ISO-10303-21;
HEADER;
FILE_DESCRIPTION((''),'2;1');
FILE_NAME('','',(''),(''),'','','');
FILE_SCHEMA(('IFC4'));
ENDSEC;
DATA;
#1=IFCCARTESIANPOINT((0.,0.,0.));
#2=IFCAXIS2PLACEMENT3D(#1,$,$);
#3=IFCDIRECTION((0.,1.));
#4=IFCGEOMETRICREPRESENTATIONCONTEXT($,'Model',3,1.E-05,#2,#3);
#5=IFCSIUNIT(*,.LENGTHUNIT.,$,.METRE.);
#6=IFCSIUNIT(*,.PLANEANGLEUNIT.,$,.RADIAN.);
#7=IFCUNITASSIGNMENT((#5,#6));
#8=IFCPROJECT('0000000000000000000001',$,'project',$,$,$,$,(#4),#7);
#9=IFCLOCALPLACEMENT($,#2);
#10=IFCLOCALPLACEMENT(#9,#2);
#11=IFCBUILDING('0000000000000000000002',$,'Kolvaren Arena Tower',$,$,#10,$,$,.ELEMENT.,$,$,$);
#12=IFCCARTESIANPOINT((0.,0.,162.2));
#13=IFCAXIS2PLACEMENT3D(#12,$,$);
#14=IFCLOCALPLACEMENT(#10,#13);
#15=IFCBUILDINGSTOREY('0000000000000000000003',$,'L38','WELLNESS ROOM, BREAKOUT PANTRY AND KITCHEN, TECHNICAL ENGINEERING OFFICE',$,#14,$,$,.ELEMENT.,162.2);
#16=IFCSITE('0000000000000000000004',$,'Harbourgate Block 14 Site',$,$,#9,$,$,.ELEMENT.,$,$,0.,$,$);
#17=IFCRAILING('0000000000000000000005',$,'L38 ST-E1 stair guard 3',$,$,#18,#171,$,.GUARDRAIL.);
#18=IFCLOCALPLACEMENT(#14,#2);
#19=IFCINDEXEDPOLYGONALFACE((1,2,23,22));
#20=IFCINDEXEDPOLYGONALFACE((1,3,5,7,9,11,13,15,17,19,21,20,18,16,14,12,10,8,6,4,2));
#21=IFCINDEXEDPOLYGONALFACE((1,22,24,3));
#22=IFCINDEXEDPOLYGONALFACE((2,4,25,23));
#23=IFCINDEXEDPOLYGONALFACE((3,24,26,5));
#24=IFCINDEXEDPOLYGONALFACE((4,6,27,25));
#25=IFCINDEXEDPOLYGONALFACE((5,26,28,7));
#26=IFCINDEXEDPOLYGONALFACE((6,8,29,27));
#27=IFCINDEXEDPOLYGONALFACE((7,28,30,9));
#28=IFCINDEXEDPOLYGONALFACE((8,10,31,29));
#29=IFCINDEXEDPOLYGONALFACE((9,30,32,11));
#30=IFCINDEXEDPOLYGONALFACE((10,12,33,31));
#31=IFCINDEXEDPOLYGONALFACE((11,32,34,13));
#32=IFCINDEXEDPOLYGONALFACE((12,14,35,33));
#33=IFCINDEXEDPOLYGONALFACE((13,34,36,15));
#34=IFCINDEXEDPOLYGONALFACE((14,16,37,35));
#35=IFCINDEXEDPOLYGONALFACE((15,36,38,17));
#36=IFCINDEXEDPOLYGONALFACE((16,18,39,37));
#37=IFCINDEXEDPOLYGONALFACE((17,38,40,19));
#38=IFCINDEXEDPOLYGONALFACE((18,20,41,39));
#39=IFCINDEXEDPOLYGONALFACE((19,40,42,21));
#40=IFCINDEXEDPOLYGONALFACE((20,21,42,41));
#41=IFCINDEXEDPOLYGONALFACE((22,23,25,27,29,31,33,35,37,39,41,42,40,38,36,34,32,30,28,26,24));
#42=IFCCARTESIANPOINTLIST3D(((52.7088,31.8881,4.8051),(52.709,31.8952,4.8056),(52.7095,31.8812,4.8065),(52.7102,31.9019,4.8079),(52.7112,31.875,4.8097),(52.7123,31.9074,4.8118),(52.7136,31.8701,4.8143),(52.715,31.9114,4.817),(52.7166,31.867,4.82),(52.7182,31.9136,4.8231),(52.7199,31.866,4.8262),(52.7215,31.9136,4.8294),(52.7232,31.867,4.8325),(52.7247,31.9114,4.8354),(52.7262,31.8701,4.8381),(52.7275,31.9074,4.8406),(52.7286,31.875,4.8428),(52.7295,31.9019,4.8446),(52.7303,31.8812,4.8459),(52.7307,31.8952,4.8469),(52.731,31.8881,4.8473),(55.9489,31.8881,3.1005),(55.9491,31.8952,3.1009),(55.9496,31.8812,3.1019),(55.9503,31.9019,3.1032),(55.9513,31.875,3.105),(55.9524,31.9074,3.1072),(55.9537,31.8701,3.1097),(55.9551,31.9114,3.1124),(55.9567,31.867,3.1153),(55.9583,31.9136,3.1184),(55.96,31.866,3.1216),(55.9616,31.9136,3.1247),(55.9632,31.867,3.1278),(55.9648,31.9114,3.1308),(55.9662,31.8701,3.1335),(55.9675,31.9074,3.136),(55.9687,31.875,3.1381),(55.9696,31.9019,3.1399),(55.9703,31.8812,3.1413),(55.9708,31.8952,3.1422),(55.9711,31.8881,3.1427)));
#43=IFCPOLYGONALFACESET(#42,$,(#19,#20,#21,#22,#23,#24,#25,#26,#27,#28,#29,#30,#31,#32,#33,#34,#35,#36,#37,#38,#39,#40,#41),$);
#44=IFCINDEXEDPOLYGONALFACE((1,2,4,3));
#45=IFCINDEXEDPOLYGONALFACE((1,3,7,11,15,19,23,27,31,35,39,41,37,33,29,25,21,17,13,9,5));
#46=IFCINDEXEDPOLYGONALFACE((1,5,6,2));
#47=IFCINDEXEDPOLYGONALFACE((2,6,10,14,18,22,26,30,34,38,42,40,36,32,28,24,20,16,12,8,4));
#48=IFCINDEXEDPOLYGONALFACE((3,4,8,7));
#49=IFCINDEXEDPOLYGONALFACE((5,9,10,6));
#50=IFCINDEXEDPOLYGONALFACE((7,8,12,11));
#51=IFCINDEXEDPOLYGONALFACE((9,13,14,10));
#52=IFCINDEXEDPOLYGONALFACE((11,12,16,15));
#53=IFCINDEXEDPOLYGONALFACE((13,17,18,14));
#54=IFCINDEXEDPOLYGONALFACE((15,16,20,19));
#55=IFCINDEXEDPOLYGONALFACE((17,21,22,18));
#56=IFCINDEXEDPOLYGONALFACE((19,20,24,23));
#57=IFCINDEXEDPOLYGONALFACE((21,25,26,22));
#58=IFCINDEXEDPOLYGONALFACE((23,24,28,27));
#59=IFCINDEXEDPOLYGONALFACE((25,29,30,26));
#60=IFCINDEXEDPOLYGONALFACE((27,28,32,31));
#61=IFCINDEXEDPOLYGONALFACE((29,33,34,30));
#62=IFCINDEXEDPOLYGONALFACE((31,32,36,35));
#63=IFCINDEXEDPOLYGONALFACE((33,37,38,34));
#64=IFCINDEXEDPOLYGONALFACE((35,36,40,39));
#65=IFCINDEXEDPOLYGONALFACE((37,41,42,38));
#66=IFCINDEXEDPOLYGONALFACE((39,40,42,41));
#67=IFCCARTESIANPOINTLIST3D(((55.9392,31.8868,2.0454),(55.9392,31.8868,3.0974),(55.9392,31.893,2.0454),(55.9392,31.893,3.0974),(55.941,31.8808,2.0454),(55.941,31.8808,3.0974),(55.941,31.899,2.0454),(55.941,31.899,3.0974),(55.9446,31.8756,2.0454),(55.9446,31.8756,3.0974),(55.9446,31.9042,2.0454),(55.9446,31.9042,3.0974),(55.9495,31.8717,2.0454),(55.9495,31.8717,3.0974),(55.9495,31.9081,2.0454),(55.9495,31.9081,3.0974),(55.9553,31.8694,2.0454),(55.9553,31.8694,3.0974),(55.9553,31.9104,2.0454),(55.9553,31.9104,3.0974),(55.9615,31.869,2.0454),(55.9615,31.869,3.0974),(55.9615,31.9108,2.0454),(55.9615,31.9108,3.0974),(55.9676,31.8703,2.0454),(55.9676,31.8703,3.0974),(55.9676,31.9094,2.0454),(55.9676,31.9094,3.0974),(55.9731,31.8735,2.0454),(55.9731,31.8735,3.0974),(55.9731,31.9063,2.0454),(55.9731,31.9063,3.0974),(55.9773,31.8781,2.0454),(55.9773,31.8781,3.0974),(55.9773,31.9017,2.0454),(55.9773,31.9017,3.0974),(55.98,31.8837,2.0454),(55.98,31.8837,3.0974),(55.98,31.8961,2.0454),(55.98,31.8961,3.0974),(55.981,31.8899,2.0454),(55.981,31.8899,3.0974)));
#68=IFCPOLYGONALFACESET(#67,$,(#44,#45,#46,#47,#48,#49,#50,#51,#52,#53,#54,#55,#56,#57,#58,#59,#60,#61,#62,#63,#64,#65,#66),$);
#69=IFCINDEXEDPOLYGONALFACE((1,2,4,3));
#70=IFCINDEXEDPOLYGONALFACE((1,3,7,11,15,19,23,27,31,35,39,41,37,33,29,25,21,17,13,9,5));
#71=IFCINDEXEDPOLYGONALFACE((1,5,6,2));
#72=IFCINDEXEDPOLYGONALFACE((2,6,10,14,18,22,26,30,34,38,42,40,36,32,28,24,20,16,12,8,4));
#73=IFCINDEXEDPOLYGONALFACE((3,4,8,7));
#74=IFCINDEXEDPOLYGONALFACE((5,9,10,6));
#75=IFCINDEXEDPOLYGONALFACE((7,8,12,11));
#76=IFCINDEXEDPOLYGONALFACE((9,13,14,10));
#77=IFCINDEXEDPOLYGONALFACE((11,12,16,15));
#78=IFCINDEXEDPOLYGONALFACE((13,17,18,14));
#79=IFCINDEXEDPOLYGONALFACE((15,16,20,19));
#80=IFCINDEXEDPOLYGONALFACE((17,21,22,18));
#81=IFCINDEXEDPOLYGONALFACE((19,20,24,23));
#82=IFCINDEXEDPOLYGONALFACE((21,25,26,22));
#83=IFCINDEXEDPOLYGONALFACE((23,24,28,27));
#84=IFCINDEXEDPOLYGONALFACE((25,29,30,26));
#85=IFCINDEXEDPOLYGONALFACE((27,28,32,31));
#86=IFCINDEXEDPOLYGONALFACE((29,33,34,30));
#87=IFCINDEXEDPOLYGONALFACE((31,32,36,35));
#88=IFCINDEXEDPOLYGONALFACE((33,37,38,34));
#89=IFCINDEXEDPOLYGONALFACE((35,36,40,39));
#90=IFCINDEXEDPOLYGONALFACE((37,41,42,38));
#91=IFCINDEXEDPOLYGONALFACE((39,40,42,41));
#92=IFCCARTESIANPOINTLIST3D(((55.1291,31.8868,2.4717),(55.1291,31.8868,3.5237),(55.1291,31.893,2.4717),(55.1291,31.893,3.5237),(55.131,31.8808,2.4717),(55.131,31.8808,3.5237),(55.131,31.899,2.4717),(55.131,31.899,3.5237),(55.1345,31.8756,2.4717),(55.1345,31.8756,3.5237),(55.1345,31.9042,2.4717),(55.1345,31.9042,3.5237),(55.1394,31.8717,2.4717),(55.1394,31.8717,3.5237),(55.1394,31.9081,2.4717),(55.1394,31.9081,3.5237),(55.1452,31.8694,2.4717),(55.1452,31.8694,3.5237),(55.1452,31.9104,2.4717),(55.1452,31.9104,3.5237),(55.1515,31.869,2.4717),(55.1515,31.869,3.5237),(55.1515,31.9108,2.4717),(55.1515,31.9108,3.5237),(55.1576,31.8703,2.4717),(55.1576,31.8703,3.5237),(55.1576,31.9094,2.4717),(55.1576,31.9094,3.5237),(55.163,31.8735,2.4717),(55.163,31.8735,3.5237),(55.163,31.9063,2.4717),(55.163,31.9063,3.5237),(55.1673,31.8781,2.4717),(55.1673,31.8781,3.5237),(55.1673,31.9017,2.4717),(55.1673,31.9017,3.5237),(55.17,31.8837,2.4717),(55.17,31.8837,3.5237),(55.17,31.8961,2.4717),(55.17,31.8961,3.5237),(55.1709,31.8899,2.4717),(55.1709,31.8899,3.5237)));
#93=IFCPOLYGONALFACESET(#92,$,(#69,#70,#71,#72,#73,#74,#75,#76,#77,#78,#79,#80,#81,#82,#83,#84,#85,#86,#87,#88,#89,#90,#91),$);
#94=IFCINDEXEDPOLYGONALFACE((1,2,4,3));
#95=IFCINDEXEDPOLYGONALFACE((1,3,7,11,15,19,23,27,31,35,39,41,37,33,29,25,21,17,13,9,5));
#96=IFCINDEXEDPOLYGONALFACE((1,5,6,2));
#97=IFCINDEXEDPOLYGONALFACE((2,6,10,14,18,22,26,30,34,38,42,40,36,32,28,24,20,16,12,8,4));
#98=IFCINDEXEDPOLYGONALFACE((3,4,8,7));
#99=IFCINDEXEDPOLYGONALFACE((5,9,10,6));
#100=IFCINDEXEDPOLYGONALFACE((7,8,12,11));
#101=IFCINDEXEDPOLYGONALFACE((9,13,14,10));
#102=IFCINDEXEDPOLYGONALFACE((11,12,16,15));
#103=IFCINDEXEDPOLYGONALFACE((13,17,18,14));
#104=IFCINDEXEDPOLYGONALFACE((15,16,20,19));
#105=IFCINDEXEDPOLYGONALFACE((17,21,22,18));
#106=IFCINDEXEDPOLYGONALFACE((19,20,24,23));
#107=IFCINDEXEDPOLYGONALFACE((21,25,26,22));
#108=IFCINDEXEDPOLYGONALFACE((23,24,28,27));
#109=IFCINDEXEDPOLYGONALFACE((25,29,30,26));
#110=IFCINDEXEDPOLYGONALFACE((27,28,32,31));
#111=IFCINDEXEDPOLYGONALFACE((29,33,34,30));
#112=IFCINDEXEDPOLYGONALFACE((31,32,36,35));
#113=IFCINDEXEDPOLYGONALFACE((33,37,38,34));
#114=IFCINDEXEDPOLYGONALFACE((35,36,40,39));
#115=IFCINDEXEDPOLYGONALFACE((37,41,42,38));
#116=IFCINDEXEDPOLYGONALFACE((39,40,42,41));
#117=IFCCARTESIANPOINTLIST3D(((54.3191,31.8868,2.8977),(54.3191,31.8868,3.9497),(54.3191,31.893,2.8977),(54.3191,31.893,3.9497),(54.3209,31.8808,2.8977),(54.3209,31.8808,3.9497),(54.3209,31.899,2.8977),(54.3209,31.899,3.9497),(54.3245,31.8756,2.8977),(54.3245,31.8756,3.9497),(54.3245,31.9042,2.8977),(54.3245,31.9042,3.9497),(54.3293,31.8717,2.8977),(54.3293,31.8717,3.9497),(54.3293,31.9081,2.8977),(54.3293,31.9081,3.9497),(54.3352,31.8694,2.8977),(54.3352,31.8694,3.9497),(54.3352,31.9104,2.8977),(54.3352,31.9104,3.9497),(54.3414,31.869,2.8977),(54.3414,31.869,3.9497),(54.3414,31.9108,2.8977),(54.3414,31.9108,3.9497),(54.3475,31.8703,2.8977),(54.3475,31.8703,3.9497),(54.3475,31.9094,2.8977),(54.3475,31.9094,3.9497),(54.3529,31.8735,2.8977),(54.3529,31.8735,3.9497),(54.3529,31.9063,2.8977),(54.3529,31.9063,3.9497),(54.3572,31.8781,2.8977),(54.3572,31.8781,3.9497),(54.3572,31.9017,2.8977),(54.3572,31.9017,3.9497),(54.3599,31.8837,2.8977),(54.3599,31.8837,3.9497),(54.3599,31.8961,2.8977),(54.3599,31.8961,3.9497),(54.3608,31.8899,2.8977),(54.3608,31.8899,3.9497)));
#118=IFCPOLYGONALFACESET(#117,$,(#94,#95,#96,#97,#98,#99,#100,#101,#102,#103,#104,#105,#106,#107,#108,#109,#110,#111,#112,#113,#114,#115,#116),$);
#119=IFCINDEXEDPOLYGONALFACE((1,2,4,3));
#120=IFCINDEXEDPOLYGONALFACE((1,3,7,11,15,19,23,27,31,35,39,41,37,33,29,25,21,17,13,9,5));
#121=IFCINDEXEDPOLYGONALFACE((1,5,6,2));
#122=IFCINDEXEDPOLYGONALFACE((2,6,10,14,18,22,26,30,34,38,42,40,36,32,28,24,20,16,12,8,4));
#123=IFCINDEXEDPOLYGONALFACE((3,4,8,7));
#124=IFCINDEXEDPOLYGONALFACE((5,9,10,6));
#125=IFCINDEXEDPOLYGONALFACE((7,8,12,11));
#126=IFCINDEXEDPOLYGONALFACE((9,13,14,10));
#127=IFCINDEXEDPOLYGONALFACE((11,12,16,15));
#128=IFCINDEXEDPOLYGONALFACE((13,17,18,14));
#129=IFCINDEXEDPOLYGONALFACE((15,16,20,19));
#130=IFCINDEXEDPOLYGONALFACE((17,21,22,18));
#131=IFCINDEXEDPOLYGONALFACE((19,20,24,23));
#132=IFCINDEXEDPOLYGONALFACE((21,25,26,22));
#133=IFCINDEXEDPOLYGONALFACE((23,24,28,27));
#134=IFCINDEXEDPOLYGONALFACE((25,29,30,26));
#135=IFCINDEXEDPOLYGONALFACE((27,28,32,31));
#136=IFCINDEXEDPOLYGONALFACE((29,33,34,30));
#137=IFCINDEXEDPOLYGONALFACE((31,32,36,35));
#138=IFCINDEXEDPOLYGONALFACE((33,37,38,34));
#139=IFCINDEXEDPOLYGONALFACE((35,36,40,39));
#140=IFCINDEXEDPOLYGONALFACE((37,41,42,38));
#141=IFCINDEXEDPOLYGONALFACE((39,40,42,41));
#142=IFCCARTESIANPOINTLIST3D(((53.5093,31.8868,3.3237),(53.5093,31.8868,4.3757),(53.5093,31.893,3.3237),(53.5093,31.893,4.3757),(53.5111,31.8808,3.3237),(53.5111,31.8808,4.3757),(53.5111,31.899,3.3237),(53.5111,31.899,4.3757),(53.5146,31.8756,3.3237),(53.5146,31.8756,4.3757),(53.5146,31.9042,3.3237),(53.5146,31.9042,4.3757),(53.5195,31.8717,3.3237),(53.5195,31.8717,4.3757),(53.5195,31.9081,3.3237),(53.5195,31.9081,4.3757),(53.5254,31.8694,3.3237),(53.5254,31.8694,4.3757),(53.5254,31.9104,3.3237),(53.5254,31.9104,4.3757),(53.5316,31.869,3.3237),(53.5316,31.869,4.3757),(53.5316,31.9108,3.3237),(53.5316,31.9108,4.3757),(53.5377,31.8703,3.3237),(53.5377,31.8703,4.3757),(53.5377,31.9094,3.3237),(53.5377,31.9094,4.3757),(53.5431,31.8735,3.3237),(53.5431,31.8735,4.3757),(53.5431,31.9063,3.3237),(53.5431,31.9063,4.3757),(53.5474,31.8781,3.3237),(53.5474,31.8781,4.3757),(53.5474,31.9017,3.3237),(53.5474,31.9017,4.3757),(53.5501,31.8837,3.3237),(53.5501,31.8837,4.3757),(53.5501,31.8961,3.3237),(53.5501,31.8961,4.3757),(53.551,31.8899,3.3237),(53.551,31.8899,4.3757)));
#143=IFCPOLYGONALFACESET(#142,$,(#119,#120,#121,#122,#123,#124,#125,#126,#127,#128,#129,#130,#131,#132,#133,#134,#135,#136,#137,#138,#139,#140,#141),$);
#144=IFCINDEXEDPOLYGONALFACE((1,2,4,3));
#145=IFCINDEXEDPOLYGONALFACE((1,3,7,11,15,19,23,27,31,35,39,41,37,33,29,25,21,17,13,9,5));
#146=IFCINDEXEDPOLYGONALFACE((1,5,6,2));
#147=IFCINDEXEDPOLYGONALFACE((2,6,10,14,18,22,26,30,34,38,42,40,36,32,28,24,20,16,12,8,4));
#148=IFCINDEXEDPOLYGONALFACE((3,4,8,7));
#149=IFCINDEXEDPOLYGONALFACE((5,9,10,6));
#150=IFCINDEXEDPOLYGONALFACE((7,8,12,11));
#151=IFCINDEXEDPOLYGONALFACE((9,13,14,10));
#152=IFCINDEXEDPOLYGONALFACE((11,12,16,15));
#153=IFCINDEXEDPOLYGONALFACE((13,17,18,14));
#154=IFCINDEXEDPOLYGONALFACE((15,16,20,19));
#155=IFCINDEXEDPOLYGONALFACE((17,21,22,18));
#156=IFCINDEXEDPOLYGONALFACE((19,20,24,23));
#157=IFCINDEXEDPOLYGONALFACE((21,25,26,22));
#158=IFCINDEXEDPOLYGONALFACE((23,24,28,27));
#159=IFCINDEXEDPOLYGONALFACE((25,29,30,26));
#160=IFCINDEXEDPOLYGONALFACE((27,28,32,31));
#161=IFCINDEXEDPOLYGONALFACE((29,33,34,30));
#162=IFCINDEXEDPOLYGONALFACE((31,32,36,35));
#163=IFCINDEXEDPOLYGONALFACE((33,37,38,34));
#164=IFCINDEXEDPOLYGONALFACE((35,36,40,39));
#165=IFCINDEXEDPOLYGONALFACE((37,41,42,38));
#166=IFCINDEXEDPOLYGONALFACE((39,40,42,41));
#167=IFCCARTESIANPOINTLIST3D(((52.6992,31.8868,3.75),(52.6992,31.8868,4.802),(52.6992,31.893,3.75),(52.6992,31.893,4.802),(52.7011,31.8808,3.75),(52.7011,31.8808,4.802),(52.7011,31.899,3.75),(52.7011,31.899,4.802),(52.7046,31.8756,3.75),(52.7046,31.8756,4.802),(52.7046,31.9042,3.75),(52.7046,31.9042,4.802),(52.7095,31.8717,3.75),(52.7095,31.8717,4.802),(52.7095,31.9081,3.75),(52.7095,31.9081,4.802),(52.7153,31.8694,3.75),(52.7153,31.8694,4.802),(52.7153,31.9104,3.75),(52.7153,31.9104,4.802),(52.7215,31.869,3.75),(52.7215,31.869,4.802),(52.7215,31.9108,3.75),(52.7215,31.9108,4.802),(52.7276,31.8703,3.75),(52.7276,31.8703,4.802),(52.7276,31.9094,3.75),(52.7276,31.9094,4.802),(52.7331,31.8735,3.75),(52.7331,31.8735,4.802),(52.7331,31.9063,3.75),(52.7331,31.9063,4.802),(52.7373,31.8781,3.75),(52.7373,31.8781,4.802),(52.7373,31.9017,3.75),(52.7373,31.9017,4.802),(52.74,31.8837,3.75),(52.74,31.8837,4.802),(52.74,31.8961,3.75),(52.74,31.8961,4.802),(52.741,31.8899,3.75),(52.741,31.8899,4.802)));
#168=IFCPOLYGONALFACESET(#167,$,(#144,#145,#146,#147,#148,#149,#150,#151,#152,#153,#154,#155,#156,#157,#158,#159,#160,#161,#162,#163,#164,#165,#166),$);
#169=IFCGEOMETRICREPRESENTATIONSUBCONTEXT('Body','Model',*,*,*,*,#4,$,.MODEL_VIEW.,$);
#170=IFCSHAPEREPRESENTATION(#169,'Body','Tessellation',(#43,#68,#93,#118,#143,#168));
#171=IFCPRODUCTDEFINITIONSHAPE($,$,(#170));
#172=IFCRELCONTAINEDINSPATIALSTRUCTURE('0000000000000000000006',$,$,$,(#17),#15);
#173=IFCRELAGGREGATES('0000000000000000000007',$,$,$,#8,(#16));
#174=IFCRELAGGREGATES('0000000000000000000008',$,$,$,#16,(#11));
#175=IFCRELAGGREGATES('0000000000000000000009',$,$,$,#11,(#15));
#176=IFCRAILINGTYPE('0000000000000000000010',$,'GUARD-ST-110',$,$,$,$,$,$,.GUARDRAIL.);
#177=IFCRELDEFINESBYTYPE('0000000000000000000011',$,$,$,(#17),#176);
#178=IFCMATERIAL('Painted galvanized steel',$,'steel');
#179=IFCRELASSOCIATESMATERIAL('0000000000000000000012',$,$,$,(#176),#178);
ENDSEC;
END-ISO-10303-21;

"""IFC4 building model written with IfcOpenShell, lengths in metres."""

from ifc_helpers import new_model, si_unit, direction, frame, origin, origin_2d, place, context, subcontext, project, spatial, circle, extrude, material, type_object, element, save


model = new_model("IFC4")

# Units and contexts
model_context = context("Model", 3, precision=1e-05, world=origin(), true_north=direction((0.0, 1.0)))
body_context = subcontext(model_context, "Body", "Model", "MODEL_VIEW")
ifc_project = project(units=[si_unit("LENGTHUNIT", "METRE"), si_unit("PLANEANGLEUNIT", "RADIAN")], contexts=[model_context])

# Site, building, storey
site_placement = place(None, origin())
site = spatial("IfcSite", under=ifc_project, at=site_placement, Name="Harbourgate Block 14 Site", CompositionType="ELEMENT", RefElevation=0.0)
building_placement = place(site_placement, origin())
building = spatial("IfcBuilding", under=site, at=building_placement, Name="Kolvaren Arena Tower", CompositionType="ELEMENT")
storey_placement = place(building_placement, frame((0.0, 0.0, 162.2)))
storey = spatial("IfcBuildingStorey", under=building, at=storey_placement, Name="L38", Description="WELLNESS ROOM, BREAKOUT PANTRY AND KITCHEN, TECHNICAL ENGINEERING OFFICE", CompositionType="ELEMENT", Elevation=162.2)

# Railing
ifc_material_1 = material(Name="Painted galvanized steel", Category="steel")
railing_type_1 = type_object("IfcRailingType", Name="GUARD-ST-110", PredefinedType="GUARDRAIL", material=ifc_material_1)
railing_1_placement = place(storey_placement, frame((55.96, 31.8899, 2.0454)))
element("IfcRailing", 1, at=railing_1_placement, inside=storey, type_object=railing_type_1, Name="L38 ST-E1 stair guard 3", PredefinedType="GUARDRAIL", context=body_context, shape_type="SweptSolid", body=[
    extrude(circle(Radius=0.0239, at=origin_2d()), frame((0.0, 0.0, 1.0762), z_axis=(-0.884993, 0.0, 0.465604), x_axis=(0.0, -1.0, 0.0)), (0.0, 0.0, 1.0), 3.6611),
    extrude(circle(Radius=0.021, at=origin_2d()), origin(), (0.0, 0.0, 1.0), 1.052),
    extrude(circle(Radius=0.021, at=origin_2d()), frame((-0.8101, 0.0, 0.4263)), (0.0, 0.0, 1.0), 1.052),
    extrude(circle(Radius=0.021, at=origin_2d()), frame((-1.6201, 0.0, 0.8523)), (0.0, 0.0, 1.0), 1.052),
    extrude(circle(Radius=0.021, at=origin_2d()), frame((-2.4299, 0.0, 1.2783)), (0.0, 0.0, 1.0), 1.052),
    extrude(circle(Radius=0.021, at=origin_2d()), frame((-3.24, 0.0, 1.7046)), (0.0, 0.0, 1.0), 1.052),
])

save(model, "model.ifc")
